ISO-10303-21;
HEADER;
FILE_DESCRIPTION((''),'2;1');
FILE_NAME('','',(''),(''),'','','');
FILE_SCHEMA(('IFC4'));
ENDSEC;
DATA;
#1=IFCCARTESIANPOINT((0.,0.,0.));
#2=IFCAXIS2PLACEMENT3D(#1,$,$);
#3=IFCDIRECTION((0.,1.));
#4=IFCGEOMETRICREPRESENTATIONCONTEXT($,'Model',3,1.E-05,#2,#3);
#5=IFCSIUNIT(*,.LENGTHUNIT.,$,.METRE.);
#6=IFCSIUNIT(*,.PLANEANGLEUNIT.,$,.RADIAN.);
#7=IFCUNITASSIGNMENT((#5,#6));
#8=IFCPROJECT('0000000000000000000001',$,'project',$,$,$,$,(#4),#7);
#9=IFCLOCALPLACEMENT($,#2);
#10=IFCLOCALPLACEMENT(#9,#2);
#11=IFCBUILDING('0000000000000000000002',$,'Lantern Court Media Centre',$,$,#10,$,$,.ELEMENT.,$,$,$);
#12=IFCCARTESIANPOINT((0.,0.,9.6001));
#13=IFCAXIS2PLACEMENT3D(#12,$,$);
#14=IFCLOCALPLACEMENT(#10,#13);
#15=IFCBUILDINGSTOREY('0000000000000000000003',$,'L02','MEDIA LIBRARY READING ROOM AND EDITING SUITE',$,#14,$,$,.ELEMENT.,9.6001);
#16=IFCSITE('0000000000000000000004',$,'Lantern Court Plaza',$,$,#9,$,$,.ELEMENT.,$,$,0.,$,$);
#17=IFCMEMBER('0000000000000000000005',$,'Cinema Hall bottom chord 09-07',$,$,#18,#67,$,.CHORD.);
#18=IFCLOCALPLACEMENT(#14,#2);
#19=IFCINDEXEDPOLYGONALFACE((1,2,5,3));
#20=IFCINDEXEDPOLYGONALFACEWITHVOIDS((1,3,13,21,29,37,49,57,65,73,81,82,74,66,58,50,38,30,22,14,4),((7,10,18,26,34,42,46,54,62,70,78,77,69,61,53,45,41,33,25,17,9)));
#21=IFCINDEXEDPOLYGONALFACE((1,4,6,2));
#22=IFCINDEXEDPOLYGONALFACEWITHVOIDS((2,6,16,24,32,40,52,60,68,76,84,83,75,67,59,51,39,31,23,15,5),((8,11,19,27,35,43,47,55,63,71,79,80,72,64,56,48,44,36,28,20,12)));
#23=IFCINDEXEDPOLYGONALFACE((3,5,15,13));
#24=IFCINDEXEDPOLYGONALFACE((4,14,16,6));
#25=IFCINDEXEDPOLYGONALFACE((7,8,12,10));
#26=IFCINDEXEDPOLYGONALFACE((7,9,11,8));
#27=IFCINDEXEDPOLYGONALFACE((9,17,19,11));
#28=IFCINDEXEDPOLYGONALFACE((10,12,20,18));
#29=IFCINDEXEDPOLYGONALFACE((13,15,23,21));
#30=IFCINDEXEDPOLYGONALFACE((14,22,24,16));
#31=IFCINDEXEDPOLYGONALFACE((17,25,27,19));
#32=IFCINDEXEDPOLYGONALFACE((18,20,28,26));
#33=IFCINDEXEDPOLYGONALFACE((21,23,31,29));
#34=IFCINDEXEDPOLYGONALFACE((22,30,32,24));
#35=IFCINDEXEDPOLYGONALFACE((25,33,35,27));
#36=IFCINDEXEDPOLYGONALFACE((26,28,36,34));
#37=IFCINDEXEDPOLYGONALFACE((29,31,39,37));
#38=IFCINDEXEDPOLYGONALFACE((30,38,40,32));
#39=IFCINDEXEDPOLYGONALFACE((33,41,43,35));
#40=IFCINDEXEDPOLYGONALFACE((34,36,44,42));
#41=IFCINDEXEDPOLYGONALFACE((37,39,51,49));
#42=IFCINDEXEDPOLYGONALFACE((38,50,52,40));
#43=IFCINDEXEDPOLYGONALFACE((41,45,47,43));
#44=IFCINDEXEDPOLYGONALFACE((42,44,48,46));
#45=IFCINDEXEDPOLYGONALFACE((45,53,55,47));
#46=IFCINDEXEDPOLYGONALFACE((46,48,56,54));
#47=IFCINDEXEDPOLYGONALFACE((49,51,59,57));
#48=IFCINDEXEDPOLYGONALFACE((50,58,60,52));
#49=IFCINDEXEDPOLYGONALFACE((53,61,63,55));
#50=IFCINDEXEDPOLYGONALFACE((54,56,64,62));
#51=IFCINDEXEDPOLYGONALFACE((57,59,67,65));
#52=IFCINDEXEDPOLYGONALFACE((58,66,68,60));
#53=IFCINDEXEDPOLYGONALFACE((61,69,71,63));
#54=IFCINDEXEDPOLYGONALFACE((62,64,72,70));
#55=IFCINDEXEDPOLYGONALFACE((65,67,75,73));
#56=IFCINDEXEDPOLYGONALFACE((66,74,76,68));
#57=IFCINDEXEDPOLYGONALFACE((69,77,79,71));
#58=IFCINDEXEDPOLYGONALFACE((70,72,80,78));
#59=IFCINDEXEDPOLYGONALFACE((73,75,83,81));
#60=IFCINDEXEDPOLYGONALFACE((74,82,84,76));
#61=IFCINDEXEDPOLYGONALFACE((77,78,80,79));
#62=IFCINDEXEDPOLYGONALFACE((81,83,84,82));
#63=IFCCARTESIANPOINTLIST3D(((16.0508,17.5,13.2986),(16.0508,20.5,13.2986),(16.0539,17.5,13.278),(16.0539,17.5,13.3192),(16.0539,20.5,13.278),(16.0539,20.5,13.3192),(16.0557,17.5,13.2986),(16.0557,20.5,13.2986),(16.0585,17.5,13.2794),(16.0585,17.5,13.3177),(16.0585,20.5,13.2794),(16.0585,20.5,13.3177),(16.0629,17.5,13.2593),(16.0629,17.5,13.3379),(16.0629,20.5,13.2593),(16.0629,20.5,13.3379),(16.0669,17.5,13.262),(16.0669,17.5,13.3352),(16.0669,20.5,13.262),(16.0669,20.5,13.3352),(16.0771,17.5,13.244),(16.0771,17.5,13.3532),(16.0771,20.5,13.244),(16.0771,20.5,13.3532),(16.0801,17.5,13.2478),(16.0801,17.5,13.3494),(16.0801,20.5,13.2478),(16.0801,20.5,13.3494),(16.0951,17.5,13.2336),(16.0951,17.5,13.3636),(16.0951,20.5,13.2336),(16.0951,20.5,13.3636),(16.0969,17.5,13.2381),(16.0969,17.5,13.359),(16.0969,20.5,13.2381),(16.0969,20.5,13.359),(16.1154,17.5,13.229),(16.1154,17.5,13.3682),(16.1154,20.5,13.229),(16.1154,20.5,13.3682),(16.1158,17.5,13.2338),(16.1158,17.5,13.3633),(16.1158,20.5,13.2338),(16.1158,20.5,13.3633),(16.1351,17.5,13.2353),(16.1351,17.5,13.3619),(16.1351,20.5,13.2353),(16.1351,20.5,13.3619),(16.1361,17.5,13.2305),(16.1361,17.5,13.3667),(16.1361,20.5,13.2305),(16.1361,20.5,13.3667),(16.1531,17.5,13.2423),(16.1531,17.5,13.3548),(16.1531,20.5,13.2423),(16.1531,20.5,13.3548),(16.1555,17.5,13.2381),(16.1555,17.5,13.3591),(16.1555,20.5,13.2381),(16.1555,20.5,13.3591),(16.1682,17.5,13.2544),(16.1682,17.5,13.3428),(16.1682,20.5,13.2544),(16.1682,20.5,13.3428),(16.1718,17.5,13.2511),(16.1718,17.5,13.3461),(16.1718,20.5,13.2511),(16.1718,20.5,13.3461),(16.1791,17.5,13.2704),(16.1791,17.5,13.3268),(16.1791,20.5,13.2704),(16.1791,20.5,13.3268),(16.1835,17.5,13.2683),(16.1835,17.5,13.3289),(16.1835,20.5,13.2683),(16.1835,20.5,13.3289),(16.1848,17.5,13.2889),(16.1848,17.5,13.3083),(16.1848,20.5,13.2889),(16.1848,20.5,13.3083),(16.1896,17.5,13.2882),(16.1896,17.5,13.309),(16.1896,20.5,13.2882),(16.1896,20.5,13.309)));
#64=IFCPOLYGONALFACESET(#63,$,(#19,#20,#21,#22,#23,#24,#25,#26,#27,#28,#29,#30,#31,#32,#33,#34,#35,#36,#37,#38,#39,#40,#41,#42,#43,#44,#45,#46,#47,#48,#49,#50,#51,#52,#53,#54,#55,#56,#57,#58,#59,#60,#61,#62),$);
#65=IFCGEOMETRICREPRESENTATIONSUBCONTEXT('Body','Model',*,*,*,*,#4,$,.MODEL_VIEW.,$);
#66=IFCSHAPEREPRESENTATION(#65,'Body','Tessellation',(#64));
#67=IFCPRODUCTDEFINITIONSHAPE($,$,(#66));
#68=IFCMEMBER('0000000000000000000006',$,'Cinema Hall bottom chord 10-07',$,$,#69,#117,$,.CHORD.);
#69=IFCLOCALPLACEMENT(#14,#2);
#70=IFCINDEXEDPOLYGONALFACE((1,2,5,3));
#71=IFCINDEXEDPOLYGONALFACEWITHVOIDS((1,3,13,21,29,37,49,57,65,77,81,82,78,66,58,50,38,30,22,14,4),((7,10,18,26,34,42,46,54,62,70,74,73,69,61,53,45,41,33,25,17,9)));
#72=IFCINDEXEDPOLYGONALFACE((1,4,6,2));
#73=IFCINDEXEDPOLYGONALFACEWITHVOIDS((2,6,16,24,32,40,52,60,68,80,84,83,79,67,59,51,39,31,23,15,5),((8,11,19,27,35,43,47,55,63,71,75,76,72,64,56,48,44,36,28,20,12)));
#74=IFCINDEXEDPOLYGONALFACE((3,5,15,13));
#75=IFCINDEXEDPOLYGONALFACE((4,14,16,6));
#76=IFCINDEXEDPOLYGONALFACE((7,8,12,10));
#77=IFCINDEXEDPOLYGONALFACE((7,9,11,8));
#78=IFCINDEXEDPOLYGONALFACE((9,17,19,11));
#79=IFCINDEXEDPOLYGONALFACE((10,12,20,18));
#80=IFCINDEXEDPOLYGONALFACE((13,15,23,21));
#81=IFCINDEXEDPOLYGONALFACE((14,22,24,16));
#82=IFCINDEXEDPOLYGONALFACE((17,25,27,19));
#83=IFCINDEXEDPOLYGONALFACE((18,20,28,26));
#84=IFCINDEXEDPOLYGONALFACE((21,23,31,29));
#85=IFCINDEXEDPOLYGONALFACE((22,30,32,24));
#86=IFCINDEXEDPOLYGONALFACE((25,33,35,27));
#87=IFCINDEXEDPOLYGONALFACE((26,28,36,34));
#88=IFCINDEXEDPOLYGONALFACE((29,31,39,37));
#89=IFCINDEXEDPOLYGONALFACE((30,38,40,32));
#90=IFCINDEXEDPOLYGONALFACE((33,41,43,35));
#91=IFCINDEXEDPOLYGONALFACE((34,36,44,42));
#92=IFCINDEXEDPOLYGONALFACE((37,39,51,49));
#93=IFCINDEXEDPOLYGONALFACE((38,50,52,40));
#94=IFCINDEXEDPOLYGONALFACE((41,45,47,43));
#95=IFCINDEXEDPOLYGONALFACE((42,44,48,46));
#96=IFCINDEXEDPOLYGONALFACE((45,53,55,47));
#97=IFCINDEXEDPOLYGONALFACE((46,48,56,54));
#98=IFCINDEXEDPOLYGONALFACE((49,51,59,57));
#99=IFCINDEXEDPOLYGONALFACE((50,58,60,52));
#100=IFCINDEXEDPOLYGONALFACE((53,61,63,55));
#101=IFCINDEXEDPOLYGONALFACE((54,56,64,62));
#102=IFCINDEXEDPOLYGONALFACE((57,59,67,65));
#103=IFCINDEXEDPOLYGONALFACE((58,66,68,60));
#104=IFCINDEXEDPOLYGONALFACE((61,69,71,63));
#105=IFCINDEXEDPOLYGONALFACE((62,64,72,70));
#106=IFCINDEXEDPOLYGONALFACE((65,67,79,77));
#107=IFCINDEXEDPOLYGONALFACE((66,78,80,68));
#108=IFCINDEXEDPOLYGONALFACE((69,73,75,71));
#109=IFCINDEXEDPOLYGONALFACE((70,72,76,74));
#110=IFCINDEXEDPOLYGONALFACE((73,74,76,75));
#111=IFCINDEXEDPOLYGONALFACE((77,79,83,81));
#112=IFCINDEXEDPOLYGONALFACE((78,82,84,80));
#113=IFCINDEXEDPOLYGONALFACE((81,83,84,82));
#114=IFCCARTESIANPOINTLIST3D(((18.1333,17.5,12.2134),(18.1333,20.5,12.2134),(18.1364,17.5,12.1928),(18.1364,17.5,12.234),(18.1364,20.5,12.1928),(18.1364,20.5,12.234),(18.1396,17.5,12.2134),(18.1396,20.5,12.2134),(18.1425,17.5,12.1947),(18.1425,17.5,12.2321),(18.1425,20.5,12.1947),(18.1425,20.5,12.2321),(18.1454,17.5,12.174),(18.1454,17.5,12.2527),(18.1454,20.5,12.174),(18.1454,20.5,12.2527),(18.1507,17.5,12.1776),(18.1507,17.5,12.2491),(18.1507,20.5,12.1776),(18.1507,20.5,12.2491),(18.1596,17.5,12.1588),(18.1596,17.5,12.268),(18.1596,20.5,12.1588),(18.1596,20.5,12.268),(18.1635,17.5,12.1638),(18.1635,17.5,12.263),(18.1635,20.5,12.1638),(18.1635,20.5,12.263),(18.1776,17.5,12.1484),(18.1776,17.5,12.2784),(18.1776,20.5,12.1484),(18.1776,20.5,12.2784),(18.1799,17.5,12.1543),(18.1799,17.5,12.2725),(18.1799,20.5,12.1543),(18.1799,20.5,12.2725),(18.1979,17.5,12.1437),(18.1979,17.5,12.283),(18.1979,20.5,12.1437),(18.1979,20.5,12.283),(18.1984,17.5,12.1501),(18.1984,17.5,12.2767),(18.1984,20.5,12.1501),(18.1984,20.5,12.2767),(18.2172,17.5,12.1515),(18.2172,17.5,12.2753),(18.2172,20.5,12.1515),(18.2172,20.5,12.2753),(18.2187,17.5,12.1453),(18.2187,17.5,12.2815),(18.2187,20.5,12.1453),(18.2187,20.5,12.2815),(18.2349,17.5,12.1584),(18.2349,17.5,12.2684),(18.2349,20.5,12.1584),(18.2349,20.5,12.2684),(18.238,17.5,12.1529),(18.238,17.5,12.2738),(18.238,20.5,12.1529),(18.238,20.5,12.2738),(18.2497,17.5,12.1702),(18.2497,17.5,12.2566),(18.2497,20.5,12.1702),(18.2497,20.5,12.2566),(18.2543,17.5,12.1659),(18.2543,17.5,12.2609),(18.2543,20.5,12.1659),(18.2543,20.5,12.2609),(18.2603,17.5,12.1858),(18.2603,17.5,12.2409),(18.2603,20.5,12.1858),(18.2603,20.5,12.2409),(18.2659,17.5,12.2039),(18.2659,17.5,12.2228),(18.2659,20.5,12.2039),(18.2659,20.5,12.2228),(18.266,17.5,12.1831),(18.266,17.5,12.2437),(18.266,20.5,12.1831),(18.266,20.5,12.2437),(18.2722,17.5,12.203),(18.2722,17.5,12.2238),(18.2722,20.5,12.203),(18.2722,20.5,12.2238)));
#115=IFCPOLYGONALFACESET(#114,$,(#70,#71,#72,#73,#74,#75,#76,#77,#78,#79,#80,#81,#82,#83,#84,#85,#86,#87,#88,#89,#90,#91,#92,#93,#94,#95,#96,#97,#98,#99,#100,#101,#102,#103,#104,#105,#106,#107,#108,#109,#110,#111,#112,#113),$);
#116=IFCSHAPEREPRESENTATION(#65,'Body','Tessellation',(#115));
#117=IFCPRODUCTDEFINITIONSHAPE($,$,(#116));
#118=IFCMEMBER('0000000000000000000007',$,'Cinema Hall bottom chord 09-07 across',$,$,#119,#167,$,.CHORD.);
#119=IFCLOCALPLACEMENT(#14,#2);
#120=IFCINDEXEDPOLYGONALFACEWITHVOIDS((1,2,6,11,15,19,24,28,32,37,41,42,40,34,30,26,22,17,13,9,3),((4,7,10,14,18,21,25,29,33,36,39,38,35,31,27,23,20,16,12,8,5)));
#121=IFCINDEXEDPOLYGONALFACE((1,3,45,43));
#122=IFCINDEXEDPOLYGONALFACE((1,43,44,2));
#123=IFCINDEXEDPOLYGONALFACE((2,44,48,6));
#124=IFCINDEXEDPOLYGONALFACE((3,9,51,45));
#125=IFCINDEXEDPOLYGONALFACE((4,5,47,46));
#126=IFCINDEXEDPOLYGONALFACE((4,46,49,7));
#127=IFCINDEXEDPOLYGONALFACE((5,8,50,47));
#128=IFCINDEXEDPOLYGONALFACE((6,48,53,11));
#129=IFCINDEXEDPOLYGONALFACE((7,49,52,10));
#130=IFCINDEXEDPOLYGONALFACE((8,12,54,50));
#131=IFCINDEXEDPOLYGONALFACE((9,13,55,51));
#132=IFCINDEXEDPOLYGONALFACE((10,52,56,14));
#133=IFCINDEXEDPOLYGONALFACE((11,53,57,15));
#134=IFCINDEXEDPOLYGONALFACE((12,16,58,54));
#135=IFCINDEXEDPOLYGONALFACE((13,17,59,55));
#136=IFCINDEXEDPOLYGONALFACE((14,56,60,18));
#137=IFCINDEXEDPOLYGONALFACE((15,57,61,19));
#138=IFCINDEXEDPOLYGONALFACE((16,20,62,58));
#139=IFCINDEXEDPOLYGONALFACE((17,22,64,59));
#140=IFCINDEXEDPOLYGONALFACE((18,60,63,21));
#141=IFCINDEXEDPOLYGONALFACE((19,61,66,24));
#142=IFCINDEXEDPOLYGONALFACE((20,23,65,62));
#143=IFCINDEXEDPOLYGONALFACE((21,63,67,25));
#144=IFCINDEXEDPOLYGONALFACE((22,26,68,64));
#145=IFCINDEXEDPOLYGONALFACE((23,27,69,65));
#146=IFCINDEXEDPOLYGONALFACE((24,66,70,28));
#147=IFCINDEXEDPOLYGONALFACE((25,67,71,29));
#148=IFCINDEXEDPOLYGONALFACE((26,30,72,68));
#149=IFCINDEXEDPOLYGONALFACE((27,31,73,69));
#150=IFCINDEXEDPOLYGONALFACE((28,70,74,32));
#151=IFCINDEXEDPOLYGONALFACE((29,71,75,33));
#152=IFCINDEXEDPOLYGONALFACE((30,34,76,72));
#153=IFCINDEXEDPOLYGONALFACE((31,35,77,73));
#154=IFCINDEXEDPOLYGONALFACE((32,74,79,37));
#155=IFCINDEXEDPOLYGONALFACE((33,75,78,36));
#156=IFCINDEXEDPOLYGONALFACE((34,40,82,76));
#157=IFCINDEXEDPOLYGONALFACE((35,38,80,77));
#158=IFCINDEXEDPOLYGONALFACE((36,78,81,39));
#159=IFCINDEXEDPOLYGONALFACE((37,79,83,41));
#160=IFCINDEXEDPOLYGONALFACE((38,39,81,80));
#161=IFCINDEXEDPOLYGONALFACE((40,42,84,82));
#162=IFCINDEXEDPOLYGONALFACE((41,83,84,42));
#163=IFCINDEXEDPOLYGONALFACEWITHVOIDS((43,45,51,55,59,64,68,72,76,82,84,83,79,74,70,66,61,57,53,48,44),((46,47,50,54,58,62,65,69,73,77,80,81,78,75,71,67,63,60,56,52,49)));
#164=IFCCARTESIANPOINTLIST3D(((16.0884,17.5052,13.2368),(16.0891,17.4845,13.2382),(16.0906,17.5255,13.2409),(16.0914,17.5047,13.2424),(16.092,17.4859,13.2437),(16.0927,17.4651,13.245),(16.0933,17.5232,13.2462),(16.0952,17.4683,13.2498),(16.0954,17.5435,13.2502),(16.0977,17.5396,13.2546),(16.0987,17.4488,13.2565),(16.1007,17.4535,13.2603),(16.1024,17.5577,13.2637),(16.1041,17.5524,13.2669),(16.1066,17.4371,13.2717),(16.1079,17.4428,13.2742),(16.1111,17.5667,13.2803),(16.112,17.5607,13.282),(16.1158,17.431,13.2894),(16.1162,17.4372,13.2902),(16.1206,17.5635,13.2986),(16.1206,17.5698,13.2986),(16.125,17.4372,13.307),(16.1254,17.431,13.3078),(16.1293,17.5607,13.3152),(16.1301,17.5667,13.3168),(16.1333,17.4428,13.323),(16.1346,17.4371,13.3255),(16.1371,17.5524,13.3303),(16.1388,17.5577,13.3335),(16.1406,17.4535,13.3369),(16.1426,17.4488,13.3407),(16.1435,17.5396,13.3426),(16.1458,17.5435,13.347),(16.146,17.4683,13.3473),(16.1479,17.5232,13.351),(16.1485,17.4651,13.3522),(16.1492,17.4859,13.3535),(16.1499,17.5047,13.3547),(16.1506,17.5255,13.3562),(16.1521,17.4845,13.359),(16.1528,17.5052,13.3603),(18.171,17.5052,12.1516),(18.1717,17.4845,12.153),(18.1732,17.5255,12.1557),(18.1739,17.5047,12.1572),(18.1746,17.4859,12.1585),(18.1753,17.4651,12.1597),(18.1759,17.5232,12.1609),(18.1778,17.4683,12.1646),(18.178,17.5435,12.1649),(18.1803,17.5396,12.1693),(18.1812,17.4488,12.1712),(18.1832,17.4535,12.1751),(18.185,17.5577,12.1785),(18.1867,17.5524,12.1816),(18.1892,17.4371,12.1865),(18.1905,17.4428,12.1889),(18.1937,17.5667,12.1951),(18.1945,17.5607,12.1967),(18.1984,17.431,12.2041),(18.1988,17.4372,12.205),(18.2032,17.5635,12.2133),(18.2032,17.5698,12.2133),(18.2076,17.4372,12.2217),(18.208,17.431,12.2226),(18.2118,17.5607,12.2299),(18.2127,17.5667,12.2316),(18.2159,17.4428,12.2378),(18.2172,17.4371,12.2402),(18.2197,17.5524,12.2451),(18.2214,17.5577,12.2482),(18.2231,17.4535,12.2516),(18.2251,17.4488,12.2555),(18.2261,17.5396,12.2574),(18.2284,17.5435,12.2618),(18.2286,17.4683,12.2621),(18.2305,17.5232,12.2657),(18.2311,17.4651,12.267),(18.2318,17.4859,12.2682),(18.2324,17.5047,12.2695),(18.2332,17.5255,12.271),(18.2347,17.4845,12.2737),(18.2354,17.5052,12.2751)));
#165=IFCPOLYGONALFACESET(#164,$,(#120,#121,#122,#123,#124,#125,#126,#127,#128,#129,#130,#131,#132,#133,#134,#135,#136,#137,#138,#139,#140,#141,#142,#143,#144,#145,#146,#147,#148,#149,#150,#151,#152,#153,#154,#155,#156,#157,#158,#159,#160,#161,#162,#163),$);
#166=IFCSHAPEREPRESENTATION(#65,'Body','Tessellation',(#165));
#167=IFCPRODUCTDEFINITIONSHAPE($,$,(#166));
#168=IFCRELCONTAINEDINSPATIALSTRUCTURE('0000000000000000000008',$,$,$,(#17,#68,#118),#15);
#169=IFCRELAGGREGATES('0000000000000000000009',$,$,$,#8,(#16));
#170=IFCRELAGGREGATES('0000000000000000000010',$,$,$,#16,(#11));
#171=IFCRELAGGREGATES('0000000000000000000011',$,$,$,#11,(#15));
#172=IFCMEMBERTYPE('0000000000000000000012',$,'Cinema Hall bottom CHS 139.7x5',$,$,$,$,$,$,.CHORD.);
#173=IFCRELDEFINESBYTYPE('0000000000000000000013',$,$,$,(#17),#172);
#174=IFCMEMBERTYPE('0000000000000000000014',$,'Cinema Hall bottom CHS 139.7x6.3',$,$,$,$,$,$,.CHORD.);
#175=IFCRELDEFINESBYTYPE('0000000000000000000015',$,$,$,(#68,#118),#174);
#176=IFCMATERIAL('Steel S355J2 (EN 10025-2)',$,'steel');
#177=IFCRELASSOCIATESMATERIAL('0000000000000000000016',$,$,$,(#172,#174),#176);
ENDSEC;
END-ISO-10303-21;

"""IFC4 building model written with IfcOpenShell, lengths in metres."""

from ifc_helpers import new_model, si_unit, direction, frame, origin, origin_2d, place, context, subcontext, project, spatial, hollow_circle, extrude, material, material_profile, profile_set, type_object, element, save


model = new_model("IFC4")

# Units and contexts
model_context = context("Model", 3, precision=1e-05, world=origin(), true_north=direction((0.0, 1.0)))
body_context = subcontext(model_context, "Body", "Model", "MODEL_VIEW")
ifc_project = project(units=[si_unit("LENGTHUNIT", "METRE"), si_unit("PLANEANGLEUNIT", "RADIAN")], contexts=[model_context])

# Site, building, storey
site_placement = place(None, origin())
site = spatial("IfcSite", under=ifc_project, at=site_placement, Name="Lantern Court Plaza", CompositionType="ELEMENT", RefElevation=0.0)
building_placement = place(site_placement, origin())
building = spatial("IfcBuilding", under=site, at=building_placement, Name="Lantern Court Media Centre", CompositionType="ELEMENT")
storey_placement = place(building_placement, frame((0.0, 0.0, 9.6001)))
storey = spatial("IfcBuildingStorey", under=building, at=storey_placement, Name="L02", Description="MEDIA LIBRARY READING ROOM AND EDITING SUITE", CompositionType="ELEMENT", Elevation=9.6001)

# Members
ifc_material = material(Name="Steel S355J2 (EN 10025-2)", Category="steel")
ifc_material_profile_1 = material_profile(ifc_material, hollow_circle(Radius=0.0698, WallThickness=0.0049, at=origin_2d()), Name="Cinema Hall bottom CHS 139.7x5")
ifc_profile_set_1 = profile_set([ifc_material_profile_1], Name="Steel S355J2 (EN 10025-2)")
member_type_1 = type_object("IfcMemberType", Name="Cinema Hall bottom CHS 139.7x5", PredefinedType="CHORD", material=ifc_profile_set_1)
member_1_placement = place(storey_placement, frame((16.1206, 17.5, 13.2986), z_axis=(0.0, 1.0, 0.0), x_axis=(-1.0, 0.0, 0.0)))
element("IfcMember", 1, at=member_1_placement, inside=storey, type_object=member_type_1, Name="Cinema Hall bottom chord 09-07", PredefinedType="CHORD", context=body_context, shape_type="SweptSolid", body=[
    extrude(hollow_circle(Radius=0.0698, WallThickness=0.0049, at=origin_2d()), origin(), (0.0, 0.0, 1.0), 3.0),
])
ifc_material_profile_2 = material_profile(ifc_material, hollow_circle(Radius=0.0698, WallThickness=0.0063, at=origin_2d()), Name="Cinema Hall bottom CHS 139.7x6.3")
ifc_profile_set_2 = profile_set([ifc_material_profile_2], Name="Steel S355J2 (EN 10025-2)")
member_type_2 = type_object("IfcMemberType", Name="Cinema Hall bottom CHS 139.7x6.3", PredefinedType="CHORD", material=ifc_profile_set_2)
member_2_placement = place(storey_placement, frame((18.2031, 17.5, 12.2134), z_axis=(0.0, 1.0, 0.0), x_axis=(-1.0, 0.0, 0.0)))
element("IfcMember", 2, at=member_2_placement, inside=storey, type_object=member_type_2, Name="Cinema Hall bottom chord 10-07", PredefinedType="CHORD", context=body_context, shape_type="SweptSolid", body=[
    extrude(hollow_circle(Radius=0.0698, WallThickness=0.0063, at=origin_2d()), origin(), (0.0, 0.0, 1.0), 3.0),
])
member_3_placement = place(storey_placement, frame((16.1206, 17.5, 13.2986), z_axis=(0.886816, 0.0, -0.462122), x_axis=(0.0, 1.0, 0.0)))
element("IfcMember", 3, at=member_3_placement, inside=storey, type_object=member_type_2, Name="Cinema Hall bottom chord 09-07 across", PredefinedType="CHORD", context=body_context, shape_type="SweptSolid", body=[
    extrude(hollow_circle(Radius=0.0698, WallThickness=0.0063, at=origin_2d()), origin(), (0.0, 0.0, 1.0), 2.3484),
])

save(model, "model.ifc")
